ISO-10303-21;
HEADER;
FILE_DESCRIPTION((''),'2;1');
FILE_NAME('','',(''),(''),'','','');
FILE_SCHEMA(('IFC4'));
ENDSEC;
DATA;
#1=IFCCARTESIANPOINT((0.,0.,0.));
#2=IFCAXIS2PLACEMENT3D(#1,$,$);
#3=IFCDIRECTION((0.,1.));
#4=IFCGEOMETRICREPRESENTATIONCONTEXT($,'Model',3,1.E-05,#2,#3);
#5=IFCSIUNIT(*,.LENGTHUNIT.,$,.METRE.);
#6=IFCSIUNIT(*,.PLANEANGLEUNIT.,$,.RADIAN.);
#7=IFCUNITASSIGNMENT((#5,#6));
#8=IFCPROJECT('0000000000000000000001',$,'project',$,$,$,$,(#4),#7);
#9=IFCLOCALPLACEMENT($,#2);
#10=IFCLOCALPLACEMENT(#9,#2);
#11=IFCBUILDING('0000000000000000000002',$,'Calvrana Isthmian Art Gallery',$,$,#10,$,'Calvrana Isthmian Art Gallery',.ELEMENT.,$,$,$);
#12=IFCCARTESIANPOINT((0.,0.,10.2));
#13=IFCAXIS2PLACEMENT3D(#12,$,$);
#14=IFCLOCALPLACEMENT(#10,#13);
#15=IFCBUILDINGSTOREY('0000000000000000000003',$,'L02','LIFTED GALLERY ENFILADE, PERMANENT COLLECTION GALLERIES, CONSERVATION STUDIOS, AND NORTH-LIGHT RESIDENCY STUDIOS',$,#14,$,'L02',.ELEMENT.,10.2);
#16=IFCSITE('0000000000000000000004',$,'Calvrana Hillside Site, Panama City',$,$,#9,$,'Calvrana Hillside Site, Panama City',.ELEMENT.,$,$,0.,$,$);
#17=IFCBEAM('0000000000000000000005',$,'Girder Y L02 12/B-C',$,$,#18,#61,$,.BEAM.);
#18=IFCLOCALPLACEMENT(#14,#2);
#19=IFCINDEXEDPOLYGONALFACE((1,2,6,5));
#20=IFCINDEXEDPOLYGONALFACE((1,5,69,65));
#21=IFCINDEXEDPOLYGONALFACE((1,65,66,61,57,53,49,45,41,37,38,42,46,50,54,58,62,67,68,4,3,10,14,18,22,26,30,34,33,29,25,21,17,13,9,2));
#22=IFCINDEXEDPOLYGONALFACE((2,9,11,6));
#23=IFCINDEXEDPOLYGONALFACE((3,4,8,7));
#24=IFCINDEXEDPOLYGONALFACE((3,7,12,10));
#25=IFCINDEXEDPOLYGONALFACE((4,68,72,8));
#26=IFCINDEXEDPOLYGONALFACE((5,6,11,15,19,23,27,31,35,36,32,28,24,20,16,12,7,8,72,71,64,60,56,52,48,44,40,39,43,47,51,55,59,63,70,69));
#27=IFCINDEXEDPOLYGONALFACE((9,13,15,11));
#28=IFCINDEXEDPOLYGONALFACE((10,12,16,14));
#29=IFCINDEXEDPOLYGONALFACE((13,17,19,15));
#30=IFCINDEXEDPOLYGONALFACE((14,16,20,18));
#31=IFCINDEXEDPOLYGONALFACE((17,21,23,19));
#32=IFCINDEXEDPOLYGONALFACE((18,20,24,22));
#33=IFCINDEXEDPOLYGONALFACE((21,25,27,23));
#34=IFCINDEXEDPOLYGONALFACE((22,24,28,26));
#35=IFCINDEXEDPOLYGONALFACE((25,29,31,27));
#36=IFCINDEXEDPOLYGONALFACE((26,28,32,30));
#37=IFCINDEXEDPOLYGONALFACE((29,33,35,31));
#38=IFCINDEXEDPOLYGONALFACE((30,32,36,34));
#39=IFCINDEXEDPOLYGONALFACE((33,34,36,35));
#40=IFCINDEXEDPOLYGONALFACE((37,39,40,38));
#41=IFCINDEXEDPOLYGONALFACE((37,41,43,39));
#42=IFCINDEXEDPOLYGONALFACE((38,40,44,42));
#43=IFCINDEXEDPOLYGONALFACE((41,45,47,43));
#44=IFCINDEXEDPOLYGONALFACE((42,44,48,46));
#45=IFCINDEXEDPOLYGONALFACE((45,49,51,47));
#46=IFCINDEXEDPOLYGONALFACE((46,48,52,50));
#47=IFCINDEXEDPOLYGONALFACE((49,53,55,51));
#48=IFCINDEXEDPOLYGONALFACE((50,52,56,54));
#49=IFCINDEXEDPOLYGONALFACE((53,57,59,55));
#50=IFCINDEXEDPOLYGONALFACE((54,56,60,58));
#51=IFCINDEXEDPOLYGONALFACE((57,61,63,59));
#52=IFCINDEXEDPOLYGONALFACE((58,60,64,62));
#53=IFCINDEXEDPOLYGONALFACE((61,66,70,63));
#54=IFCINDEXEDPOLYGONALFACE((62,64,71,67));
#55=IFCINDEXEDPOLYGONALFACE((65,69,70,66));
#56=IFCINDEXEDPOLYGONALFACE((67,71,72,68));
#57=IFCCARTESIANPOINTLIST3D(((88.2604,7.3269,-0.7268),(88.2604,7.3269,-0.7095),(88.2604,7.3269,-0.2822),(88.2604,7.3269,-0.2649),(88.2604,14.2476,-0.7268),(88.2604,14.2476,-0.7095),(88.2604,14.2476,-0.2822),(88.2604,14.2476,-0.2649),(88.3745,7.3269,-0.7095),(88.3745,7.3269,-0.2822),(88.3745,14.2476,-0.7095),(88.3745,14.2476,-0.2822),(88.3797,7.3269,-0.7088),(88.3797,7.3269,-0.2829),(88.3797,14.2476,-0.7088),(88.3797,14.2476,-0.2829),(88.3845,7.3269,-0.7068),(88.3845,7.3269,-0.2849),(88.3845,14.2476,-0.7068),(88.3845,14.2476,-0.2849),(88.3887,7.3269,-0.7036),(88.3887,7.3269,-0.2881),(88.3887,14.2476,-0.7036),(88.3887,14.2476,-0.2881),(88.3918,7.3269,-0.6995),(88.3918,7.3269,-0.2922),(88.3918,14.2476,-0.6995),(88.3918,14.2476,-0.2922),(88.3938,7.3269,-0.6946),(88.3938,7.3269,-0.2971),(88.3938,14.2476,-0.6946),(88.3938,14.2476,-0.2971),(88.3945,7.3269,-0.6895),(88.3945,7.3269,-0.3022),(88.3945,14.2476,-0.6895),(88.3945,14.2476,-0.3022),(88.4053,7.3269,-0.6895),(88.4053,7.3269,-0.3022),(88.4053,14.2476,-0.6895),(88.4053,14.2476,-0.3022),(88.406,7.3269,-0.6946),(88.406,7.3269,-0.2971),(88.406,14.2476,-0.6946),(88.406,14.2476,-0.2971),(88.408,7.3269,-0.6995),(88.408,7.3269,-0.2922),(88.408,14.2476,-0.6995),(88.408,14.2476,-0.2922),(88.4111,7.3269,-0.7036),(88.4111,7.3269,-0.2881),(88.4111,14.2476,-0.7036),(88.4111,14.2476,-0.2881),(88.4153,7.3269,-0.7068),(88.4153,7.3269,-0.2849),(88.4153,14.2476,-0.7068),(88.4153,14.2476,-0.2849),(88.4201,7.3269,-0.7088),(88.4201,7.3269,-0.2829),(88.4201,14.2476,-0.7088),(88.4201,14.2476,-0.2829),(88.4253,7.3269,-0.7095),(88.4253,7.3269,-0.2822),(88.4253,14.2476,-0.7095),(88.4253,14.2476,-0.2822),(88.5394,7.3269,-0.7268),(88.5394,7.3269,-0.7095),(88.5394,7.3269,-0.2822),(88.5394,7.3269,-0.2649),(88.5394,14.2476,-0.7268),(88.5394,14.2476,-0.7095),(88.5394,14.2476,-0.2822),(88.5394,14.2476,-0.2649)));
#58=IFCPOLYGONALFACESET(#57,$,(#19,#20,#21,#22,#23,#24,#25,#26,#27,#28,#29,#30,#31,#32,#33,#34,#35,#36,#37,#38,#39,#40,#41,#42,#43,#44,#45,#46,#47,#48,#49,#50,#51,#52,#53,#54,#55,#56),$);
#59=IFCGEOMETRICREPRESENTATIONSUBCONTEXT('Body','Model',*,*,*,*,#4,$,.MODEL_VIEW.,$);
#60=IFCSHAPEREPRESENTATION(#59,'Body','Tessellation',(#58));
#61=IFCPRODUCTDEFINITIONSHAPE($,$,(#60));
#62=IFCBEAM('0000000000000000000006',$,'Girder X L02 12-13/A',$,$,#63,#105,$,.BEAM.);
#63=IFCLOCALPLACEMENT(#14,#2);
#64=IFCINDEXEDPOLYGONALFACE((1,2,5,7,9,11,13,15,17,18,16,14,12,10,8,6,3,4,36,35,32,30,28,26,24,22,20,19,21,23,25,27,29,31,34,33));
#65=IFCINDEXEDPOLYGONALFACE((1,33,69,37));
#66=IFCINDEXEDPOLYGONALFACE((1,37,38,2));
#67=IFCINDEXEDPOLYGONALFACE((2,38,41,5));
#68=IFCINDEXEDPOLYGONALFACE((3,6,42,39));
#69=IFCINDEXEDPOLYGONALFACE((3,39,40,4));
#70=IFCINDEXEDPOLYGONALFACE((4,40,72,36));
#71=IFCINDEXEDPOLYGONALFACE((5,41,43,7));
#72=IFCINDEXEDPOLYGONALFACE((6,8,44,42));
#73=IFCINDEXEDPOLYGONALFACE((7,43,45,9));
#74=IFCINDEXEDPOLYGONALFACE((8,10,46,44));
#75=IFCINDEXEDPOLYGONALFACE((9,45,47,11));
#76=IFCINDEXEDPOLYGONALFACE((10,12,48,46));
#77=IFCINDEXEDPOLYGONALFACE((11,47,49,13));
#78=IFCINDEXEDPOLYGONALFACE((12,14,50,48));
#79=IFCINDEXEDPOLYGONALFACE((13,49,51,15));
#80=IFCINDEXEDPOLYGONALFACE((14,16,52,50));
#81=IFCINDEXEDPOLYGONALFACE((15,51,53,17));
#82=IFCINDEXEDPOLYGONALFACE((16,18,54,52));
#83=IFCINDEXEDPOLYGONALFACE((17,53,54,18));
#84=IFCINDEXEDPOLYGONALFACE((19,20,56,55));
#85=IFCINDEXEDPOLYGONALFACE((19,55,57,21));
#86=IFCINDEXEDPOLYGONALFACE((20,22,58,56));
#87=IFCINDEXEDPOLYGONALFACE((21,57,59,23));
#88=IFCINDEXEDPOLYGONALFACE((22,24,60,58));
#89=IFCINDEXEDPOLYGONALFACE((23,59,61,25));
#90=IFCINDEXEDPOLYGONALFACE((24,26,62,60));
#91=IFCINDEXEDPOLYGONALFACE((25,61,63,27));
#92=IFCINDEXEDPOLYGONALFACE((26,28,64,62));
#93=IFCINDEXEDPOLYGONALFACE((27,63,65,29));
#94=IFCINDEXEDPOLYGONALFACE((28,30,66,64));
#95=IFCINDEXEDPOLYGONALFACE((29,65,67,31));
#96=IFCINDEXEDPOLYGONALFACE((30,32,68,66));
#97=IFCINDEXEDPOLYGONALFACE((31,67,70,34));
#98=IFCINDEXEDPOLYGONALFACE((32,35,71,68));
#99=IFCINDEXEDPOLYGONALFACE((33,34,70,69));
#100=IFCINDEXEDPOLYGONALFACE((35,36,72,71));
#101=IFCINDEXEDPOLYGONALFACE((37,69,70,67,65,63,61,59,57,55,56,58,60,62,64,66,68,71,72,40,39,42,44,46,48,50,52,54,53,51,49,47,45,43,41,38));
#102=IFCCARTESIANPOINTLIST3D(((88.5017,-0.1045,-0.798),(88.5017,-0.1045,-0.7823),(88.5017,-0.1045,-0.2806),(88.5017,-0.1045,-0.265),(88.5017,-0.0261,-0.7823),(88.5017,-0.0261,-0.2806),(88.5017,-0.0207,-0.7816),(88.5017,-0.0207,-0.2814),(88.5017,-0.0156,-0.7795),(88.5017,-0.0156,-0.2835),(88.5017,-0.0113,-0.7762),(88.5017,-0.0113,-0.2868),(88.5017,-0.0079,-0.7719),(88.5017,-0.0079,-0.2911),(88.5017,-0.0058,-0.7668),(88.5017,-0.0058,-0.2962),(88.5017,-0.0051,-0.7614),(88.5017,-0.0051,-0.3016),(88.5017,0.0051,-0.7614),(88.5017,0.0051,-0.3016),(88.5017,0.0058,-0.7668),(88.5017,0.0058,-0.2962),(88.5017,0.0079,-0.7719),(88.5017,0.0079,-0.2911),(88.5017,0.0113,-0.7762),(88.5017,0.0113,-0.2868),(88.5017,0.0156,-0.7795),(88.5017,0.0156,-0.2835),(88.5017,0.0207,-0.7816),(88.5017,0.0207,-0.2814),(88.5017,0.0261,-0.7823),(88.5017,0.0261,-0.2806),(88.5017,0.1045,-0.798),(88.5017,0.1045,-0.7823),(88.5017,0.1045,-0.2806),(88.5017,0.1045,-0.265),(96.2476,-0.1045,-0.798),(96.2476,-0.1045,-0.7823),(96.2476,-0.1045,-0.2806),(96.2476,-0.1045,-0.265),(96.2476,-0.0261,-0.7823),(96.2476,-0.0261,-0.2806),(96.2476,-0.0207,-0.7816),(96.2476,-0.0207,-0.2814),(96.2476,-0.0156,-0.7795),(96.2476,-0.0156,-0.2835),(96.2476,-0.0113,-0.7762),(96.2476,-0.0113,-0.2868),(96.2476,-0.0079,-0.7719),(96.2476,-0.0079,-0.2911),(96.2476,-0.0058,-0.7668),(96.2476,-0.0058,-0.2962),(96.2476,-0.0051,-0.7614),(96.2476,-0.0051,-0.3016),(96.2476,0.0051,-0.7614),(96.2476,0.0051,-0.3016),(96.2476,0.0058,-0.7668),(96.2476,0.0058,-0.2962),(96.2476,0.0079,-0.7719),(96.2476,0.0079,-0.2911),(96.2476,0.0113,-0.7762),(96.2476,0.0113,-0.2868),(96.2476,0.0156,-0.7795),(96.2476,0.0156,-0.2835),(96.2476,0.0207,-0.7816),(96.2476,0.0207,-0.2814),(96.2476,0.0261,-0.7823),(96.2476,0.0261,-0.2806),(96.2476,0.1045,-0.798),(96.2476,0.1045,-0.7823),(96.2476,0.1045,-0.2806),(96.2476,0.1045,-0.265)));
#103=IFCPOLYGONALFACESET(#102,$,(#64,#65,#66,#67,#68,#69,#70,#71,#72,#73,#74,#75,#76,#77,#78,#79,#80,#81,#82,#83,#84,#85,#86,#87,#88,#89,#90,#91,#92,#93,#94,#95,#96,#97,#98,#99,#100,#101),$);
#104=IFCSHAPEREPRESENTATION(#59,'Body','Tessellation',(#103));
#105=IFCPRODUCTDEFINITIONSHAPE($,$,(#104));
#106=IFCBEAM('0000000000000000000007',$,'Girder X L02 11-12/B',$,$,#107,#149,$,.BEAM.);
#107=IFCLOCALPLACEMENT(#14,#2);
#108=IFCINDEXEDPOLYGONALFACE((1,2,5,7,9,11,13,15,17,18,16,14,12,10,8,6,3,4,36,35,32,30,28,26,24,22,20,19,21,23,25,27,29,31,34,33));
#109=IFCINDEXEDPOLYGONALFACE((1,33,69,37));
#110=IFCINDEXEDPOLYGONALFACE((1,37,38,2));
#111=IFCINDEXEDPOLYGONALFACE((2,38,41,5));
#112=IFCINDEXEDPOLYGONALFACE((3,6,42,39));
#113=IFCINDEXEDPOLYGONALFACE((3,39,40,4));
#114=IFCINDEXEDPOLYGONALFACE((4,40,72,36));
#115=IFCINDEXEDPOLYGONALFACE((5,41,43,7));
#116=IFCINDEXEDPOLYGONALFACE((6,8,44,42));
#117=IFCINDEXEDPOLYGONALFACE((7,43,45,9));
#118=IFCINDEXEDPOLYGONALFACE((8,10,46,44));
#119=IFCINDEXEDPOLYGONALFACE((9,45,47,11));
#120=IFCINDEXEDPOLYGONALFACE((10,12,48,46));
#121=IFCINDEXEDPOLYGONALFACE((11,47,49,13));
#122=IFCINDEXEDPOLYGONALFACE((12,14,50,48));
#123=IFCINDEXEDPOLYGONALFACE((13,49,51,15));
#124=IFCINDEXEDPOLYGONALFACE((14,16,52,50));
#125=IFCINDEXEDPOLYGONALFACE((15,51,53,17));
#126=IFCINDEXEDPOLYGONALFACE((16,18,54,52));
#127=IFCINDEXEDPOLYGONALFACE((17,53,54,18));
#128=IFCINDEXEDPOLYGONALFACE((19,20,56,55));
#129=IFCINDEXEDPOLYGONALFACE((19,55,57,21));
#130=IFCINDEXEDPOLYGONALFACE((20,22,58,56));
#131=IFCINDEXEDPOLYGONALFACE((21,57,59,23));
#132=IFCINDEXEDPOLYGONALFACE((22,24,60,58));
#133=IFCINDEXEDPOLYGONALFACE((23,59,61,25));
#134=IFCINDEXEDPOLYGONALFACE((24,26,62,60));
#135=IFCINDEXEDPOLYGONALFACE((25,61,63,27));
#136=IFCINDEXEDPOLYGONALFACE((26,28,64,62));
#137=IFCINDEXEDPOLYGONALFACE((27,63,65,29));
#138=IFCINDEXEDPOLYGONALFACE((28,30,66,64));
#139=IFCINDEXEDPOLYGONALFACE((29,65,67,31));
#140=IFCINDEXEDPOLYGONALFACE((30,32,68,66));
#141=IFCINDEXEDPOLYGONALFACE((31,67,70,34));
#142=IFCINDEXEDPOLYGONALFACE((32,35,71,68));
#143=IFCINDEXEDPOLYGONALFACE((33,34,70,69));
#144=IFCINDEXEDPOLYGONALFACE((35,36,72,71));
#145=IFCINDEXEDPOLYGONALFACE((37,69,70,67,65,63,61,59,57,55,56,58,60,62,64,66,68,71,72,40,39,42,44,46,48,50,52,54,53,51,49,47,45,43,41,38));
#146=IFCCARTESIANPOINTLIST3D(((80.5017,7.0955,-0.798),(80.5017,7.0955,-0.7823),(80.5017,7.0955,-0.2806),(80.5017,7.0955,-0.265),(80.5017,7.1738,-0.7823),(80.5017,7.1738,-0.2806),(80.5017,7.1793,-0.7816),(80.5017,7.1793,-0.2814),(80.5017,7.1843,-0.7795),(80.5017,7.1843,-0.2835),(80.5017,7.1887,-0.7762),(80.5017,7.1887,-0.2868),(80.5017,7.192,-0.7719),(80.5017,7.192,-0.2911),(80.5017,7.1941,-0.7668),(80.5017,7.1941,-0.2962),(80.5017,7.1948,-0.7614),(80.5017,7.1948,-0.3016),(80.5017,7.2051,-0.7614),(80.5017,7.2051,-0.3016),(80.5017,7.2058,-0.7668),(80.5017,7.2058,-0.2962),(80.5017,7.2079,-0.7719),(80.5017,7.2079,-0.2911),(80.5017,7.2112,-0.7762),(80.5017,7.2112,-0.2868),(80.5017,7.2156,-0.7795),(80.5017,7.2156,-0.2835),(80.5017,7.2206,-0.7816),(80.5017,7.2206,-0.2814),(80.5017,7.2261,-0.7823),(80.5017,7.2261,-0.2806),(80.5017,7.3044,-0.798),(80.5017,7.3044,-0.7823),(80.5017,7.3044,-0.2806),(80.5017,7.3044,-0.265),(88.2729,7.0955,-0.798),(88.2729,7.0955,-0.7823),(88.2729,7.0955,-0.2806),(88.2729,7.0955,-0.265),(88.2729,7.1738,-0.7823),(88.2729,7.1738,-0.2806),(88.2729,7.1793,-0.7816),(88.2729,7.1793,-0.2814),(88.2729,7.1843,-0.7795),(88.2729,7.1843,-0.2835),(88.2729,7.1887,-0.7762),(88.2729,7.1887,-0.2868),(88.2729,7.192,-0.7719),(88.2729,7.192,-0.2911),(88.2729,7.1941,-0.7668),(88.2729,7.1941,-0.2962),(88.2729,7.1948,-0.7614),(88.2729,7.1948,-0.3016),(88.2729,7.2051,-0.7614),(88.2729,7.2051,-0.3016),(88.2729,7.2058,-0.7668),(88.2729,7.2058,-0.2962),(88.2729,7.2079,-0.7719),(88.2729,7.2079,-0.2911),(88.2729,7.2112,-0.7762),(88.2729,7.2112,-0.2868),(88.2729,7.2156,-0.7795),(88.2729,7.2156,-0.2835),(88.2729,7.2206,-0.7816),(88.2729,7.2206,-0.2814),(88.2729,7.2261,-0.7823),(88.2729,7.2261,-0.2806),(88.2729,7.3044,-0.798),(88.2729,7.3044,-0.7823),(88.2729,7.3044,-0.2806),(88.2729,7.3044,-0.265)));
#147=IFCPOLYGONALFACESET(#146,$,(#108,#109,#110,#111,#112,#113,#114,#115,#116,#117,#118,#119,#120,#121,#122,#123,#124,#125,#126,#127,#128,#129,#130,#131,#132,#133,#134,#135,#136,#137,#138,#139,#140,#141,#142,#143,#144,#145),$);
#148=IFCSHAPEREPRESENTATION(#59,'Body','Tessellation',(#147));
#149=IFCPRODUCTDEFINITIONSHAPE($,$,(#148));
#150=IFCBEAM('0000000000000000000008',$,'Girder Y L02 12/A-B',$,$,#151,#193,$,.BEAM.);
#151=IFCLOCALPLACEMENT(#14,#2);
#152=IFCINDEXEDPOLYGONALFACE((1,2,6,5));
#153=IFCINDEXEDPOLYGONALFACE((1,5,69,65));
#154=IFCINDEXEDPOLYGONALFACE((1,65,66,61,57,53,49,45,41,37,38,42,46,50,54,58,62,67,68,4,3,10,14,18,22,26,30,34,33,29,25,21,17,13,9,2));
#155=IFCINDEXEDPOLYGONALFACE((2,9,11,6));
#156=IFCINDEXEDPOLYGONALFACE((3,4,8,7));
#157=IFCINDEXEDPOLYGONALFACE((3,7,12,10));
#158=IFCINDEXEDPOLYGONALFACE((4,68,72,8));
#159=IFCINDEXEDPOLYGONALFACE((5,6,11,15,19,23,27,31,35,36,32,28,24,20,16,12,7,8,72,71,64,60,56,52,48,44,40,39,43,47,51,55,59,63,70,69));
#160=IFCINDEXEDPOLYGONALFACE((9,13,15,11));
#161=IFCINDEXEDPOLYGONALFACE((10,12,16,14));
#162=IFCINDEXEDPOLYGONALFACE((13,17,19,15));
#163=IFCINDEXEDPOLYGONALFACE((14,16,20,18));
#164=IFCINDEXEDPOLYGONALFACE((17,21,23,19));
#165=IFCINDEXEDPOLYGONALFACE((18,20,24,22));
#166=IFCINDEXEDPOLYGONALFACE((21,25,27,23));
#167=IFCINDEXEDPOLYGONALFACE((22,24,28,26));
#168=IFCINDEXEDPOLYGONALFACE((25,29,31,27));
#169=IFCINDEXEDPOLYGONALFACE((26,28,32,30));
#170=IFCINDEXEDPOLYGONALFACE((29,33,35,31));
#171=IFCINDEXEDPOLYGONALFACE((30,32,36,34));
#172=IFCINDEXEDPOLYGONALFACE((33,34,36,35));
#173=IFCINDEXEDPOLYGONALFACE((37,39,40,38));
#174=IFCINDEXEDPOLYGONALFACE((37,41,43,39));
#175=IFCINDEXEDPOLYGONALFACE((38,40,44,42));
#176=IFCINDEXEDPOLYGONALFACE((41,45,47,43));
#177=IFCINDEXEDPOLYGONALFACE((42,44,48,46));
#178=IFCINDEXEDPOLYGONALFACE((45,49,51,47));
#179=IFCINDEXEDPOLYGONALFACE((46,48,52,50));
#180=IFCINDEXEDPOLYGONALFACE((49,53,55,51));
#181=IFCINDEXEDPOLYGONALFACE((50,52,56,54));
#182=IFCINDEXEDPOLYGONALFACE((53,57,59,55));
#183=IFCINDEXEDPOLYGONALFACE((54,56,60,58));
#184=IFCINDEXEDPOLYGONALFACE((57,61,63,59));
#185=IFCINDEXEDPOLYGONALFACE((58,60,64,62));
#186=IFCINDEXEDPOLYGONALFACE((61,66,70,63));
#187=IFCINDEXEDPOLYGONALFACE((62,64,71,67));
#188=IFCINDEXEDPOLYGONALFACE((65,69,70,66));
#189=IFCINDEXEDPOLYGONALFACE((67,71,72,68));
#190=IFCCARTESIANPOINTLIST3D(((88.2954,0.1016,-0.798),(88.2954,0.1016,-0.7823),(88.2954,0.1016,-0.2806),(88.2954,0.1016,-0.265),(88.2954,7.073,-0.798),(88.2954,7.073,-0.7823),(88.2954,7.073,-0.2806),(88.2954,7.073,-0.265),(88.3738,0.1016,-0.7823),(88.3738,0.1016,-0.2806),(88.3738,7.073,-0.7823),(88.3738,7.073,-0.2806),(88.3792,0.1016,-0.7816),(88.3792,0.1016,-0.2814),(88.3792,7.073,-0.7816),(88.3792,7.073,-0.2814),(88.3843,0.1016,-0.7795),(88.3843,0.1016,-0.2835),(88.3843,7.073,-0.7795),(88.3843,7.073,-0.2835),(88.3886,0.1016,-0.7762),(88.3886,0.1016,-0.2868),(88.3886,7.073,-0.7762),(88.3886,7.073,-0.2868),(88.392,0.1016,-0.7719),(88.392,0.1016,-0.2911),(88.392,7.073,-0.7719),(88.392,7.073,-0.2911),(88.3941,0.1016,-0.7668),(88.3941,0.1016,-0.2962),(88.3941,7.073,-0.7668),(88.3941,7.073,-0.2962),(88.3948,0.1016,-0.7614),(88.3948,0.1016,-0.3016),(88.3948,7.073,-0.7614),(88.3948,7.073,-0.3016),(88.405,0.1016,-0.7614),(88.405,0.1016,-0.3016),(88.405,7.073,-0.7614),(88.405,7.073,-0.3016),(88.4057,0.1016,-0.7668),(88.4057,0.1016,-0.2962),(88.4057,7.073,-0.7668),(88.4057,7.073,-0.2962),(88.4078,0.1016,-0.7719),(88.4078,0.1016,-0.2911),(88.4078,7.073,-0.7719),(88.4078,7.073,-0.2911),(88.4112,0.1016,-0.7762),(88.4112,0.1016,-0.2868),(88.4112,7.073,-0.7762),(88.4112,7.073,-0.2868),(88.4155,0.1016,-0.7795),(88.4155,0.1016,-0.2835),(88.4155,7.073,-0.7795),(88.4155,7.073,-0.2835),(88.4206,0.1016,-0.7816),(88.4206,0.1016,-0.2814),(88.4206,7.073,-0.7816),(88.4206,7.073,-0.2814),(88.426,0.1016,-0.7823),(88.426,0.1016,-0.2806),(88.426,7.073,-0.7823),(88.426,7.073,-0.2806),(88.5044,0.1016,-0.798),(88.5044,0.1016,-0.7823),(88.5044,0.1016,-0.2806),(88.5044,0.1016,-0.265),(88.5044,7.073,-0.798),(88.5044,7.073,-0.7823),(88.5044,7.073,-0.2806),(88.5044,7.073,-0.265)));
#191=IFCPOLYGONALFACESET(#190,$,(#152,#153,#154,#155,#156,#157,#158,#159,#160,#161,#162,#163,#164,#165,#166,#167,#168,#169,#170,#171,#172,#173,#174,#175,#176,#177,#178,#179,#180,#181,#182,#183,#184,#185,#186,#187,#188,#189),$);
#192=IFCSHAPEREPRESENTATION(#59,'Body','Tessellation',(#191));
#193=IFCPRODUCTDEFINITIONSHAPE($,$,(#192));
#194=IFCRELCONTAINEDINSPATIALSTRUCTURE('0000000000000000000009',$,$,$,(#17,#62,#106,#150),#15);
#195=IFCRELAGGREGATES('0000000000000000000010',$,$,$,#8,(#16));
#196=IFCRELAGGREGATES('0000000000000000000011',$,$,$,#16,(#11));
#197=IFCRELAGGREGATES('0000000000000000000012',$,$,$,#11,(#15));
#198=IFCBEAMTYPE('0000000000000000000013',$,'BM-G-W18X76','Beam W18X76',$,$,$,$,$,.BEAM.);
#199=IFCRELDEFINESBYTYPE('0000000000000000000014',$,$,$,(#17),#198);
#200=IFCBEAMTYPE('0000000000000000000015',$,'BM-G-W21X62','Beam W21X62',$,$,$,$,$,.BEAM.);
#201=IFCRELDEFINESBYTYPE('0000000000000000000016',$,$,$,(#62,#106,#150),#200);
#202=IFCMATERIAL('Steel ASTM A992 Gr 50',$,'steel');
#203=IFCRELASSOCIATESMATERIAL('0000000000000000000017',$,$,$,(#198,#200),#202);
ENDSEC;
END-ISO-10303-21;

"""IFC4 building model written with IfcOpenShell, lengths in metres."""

from ifc_helpers import new_model, si_unit, direction, frame, origin, origin_2d, place, context, subcontext, project, spatial, i_section, extrude, material, material_profile, profile_set, type_object, element, save


model = new_model("IFC4")

# Units and contexts
model_context = context("Model", 3, precision=1e-05, world=origin(), true_north=direction((0.0, 1.0)))
body_context = subcontext(model_context, "Body", "Model", "MODEL_VIEW")
ifc_project = project(units=[si_unit("LENGTHUNIT", "METRE"), si_unit("PLANEANGLEUNIT", "RADIAN")], contexts=[model_context])

# Site, building, storey
site_placement = place(None, origin())
site = spatial("IfcSite", under=ifc_project, at=site_placement, Name="Calvrana Hillside Site, Panama City", LongName="Calvrana Hillside Site, Panama City", CompositionType="ELEMENT", RefElevation=0.0)
building_placement = place(site_placement, origin())
building = spatial("IfcBuilding", under=site, at=building_placement, Name="Calvrana Isthmian Art Gallery", LongName="Calvrana Isthmian Art Gallery", CompositionType="ELEMENT")
storey_placement = place(building_placement, frame((0.0, 0.0, 10.2)))
storey = spatial("IfcBuildingStorey", under=building, at=storey_placement, Name="L02", Description="LIFTED GALLERY ENFILADE, PERMANENT COLLECTION GALLERIES, CONSERVATION STUDIOS, AND NORTH-LIGHT RESIDENCY STUDIOS", LongName="L02", CompositionType="ELEMENT", Elevation=10.2)

# Beams
ifc_material_1 = material(Name="Steel ASTM A992 Gr 50", Category="steel")
ifc_material_profile_1 = material_profile(ifc_material_1, i_section(OverallWidth=0.2791, OverallDepth=0.4619, WebThickness=0.0107, FlangeThickness=0.0173, FilletRadius=0.02, at=origin_2d()), Name="W18X76")
ifc_profile_set_1 = profile_set([ifc_material_profile_1], Name="Steel ASTM A992 Gr 50")
beam_type_1 = type_object("IfcBeamType", Name="BM-G-W18X76", Description="Beam W18X76", PredefinedType="BEAM", material=ifc_profile_set_1)
beam_1_placement = place(storey_placement, frame((88.3999, 7.3269, -0.4958), z_axis=(0.0, 1.0, 0.0), x_axis=(-1.0, 0.0, 0.0)))
element("IfcBeam", 1, at=beam_1_placement, inside=storey, type_object=beam_type_1, Name="Girder Y L02 12/B-C", PredefinedType="BEAM", context=body_context, shape_type="SweptSolid", body=[
    extrude(i_section(OverallWidth=0.2791, OverallDepth=0.4619, WebThickness=0.0107, FlangeThickness=0.0173, FilletRadius=0.02, at=origin_2d()), origin(), (0.0, 0.0, 1.0), 6.9207),
])
ifc_material_profile_2 = material_profile(ifc_material_1, i_section(OverallWidth=0.209, OverallDepth=0.533, WebThickness=0.0103, FlangeThickness=0.0156, FilletRadius=0.021, at=origin_2d()), Name="W21X62")
ifc_profile_set_2 = profile_set([ifc_material_profile_2], Name="Steel ASTM A992 Gr 50")
beam_type_2 = type_object("IfcBeamType", Name="BM-G-W21X62", Description="Beam W21X62", PredefinedType="BEAM", material=ifc_profile_set_2)
beam_2_placement = place(storey_placement, frame((88.5017, 0.0, -0.5315), z_axis=(1.0, 0.0, 0.0), x_axis=(0.0, 1.0, 0.0)))
element("IfcBeam", 2, at=beam_2_placement, inside=storey, type_object=beam_type_2, Name="Girder X L02 12-13/A", PredefinedType="BEAM", context=body_context, shape_type="SweptSolid", body=[
    extrude(i_section(OverallWidth=0.209, OverallDepth=0.533, WebThickness=0.0103, FlangeThickness=0.0156, FilletRadius=0.021, at=origin_2d()), origin(), (0.0, 0.0, 1.0), 7.7458),
])
beam_3_placement = place(storey_placement, frame((80.5017, 7.2, -0.5315), z_axis=(1.0, 0.0, 0.0), x_axis=(0.0, 1.0, 0.0)))
element("IfcBeam", 3, at=beam_3_placement, inside=storey, type_object=beam_type_2, Name="Girder X L02 11-12/B", PredefinedType="BEAM", context=body_context, shape_type="SweptSolid", body=[
    extrude(i_section(OverallWidth=0.209, OverallDepth=0.533, WebThickness=0.0103, FlangeThickness=0.0156, FilletRadius=0.021, at=origin_2d()), origin(), (0.0, 0.0, 1.0), 7.7712),
])
beam_4_placement = place(storey_placement, frame((88.3999, 0.1016, -0.5315), z_axis=(0.0, 1.0, 0.0), x_axis=(-1.0, 0.0, 0.0)))
element("IfcBeam", 4, at=beam_4_placement, inside=storey, type_object=beam_type_2, Name="Girder Y L02 12/A-B", PredefinedType="BEAM", context=body_context, shape_type="SweptSolid", body=[
    extrude(i_section(OverallWidth=0.209, OverallDepth=0.533, WebThickness=0.0103, FlangeThickness=0.0156, FilletRadius=0.021, at=origin_2d()), origin(), (0.0, 0.0, 1.0), 6.9714),
])

save(model, "model.ifc")
